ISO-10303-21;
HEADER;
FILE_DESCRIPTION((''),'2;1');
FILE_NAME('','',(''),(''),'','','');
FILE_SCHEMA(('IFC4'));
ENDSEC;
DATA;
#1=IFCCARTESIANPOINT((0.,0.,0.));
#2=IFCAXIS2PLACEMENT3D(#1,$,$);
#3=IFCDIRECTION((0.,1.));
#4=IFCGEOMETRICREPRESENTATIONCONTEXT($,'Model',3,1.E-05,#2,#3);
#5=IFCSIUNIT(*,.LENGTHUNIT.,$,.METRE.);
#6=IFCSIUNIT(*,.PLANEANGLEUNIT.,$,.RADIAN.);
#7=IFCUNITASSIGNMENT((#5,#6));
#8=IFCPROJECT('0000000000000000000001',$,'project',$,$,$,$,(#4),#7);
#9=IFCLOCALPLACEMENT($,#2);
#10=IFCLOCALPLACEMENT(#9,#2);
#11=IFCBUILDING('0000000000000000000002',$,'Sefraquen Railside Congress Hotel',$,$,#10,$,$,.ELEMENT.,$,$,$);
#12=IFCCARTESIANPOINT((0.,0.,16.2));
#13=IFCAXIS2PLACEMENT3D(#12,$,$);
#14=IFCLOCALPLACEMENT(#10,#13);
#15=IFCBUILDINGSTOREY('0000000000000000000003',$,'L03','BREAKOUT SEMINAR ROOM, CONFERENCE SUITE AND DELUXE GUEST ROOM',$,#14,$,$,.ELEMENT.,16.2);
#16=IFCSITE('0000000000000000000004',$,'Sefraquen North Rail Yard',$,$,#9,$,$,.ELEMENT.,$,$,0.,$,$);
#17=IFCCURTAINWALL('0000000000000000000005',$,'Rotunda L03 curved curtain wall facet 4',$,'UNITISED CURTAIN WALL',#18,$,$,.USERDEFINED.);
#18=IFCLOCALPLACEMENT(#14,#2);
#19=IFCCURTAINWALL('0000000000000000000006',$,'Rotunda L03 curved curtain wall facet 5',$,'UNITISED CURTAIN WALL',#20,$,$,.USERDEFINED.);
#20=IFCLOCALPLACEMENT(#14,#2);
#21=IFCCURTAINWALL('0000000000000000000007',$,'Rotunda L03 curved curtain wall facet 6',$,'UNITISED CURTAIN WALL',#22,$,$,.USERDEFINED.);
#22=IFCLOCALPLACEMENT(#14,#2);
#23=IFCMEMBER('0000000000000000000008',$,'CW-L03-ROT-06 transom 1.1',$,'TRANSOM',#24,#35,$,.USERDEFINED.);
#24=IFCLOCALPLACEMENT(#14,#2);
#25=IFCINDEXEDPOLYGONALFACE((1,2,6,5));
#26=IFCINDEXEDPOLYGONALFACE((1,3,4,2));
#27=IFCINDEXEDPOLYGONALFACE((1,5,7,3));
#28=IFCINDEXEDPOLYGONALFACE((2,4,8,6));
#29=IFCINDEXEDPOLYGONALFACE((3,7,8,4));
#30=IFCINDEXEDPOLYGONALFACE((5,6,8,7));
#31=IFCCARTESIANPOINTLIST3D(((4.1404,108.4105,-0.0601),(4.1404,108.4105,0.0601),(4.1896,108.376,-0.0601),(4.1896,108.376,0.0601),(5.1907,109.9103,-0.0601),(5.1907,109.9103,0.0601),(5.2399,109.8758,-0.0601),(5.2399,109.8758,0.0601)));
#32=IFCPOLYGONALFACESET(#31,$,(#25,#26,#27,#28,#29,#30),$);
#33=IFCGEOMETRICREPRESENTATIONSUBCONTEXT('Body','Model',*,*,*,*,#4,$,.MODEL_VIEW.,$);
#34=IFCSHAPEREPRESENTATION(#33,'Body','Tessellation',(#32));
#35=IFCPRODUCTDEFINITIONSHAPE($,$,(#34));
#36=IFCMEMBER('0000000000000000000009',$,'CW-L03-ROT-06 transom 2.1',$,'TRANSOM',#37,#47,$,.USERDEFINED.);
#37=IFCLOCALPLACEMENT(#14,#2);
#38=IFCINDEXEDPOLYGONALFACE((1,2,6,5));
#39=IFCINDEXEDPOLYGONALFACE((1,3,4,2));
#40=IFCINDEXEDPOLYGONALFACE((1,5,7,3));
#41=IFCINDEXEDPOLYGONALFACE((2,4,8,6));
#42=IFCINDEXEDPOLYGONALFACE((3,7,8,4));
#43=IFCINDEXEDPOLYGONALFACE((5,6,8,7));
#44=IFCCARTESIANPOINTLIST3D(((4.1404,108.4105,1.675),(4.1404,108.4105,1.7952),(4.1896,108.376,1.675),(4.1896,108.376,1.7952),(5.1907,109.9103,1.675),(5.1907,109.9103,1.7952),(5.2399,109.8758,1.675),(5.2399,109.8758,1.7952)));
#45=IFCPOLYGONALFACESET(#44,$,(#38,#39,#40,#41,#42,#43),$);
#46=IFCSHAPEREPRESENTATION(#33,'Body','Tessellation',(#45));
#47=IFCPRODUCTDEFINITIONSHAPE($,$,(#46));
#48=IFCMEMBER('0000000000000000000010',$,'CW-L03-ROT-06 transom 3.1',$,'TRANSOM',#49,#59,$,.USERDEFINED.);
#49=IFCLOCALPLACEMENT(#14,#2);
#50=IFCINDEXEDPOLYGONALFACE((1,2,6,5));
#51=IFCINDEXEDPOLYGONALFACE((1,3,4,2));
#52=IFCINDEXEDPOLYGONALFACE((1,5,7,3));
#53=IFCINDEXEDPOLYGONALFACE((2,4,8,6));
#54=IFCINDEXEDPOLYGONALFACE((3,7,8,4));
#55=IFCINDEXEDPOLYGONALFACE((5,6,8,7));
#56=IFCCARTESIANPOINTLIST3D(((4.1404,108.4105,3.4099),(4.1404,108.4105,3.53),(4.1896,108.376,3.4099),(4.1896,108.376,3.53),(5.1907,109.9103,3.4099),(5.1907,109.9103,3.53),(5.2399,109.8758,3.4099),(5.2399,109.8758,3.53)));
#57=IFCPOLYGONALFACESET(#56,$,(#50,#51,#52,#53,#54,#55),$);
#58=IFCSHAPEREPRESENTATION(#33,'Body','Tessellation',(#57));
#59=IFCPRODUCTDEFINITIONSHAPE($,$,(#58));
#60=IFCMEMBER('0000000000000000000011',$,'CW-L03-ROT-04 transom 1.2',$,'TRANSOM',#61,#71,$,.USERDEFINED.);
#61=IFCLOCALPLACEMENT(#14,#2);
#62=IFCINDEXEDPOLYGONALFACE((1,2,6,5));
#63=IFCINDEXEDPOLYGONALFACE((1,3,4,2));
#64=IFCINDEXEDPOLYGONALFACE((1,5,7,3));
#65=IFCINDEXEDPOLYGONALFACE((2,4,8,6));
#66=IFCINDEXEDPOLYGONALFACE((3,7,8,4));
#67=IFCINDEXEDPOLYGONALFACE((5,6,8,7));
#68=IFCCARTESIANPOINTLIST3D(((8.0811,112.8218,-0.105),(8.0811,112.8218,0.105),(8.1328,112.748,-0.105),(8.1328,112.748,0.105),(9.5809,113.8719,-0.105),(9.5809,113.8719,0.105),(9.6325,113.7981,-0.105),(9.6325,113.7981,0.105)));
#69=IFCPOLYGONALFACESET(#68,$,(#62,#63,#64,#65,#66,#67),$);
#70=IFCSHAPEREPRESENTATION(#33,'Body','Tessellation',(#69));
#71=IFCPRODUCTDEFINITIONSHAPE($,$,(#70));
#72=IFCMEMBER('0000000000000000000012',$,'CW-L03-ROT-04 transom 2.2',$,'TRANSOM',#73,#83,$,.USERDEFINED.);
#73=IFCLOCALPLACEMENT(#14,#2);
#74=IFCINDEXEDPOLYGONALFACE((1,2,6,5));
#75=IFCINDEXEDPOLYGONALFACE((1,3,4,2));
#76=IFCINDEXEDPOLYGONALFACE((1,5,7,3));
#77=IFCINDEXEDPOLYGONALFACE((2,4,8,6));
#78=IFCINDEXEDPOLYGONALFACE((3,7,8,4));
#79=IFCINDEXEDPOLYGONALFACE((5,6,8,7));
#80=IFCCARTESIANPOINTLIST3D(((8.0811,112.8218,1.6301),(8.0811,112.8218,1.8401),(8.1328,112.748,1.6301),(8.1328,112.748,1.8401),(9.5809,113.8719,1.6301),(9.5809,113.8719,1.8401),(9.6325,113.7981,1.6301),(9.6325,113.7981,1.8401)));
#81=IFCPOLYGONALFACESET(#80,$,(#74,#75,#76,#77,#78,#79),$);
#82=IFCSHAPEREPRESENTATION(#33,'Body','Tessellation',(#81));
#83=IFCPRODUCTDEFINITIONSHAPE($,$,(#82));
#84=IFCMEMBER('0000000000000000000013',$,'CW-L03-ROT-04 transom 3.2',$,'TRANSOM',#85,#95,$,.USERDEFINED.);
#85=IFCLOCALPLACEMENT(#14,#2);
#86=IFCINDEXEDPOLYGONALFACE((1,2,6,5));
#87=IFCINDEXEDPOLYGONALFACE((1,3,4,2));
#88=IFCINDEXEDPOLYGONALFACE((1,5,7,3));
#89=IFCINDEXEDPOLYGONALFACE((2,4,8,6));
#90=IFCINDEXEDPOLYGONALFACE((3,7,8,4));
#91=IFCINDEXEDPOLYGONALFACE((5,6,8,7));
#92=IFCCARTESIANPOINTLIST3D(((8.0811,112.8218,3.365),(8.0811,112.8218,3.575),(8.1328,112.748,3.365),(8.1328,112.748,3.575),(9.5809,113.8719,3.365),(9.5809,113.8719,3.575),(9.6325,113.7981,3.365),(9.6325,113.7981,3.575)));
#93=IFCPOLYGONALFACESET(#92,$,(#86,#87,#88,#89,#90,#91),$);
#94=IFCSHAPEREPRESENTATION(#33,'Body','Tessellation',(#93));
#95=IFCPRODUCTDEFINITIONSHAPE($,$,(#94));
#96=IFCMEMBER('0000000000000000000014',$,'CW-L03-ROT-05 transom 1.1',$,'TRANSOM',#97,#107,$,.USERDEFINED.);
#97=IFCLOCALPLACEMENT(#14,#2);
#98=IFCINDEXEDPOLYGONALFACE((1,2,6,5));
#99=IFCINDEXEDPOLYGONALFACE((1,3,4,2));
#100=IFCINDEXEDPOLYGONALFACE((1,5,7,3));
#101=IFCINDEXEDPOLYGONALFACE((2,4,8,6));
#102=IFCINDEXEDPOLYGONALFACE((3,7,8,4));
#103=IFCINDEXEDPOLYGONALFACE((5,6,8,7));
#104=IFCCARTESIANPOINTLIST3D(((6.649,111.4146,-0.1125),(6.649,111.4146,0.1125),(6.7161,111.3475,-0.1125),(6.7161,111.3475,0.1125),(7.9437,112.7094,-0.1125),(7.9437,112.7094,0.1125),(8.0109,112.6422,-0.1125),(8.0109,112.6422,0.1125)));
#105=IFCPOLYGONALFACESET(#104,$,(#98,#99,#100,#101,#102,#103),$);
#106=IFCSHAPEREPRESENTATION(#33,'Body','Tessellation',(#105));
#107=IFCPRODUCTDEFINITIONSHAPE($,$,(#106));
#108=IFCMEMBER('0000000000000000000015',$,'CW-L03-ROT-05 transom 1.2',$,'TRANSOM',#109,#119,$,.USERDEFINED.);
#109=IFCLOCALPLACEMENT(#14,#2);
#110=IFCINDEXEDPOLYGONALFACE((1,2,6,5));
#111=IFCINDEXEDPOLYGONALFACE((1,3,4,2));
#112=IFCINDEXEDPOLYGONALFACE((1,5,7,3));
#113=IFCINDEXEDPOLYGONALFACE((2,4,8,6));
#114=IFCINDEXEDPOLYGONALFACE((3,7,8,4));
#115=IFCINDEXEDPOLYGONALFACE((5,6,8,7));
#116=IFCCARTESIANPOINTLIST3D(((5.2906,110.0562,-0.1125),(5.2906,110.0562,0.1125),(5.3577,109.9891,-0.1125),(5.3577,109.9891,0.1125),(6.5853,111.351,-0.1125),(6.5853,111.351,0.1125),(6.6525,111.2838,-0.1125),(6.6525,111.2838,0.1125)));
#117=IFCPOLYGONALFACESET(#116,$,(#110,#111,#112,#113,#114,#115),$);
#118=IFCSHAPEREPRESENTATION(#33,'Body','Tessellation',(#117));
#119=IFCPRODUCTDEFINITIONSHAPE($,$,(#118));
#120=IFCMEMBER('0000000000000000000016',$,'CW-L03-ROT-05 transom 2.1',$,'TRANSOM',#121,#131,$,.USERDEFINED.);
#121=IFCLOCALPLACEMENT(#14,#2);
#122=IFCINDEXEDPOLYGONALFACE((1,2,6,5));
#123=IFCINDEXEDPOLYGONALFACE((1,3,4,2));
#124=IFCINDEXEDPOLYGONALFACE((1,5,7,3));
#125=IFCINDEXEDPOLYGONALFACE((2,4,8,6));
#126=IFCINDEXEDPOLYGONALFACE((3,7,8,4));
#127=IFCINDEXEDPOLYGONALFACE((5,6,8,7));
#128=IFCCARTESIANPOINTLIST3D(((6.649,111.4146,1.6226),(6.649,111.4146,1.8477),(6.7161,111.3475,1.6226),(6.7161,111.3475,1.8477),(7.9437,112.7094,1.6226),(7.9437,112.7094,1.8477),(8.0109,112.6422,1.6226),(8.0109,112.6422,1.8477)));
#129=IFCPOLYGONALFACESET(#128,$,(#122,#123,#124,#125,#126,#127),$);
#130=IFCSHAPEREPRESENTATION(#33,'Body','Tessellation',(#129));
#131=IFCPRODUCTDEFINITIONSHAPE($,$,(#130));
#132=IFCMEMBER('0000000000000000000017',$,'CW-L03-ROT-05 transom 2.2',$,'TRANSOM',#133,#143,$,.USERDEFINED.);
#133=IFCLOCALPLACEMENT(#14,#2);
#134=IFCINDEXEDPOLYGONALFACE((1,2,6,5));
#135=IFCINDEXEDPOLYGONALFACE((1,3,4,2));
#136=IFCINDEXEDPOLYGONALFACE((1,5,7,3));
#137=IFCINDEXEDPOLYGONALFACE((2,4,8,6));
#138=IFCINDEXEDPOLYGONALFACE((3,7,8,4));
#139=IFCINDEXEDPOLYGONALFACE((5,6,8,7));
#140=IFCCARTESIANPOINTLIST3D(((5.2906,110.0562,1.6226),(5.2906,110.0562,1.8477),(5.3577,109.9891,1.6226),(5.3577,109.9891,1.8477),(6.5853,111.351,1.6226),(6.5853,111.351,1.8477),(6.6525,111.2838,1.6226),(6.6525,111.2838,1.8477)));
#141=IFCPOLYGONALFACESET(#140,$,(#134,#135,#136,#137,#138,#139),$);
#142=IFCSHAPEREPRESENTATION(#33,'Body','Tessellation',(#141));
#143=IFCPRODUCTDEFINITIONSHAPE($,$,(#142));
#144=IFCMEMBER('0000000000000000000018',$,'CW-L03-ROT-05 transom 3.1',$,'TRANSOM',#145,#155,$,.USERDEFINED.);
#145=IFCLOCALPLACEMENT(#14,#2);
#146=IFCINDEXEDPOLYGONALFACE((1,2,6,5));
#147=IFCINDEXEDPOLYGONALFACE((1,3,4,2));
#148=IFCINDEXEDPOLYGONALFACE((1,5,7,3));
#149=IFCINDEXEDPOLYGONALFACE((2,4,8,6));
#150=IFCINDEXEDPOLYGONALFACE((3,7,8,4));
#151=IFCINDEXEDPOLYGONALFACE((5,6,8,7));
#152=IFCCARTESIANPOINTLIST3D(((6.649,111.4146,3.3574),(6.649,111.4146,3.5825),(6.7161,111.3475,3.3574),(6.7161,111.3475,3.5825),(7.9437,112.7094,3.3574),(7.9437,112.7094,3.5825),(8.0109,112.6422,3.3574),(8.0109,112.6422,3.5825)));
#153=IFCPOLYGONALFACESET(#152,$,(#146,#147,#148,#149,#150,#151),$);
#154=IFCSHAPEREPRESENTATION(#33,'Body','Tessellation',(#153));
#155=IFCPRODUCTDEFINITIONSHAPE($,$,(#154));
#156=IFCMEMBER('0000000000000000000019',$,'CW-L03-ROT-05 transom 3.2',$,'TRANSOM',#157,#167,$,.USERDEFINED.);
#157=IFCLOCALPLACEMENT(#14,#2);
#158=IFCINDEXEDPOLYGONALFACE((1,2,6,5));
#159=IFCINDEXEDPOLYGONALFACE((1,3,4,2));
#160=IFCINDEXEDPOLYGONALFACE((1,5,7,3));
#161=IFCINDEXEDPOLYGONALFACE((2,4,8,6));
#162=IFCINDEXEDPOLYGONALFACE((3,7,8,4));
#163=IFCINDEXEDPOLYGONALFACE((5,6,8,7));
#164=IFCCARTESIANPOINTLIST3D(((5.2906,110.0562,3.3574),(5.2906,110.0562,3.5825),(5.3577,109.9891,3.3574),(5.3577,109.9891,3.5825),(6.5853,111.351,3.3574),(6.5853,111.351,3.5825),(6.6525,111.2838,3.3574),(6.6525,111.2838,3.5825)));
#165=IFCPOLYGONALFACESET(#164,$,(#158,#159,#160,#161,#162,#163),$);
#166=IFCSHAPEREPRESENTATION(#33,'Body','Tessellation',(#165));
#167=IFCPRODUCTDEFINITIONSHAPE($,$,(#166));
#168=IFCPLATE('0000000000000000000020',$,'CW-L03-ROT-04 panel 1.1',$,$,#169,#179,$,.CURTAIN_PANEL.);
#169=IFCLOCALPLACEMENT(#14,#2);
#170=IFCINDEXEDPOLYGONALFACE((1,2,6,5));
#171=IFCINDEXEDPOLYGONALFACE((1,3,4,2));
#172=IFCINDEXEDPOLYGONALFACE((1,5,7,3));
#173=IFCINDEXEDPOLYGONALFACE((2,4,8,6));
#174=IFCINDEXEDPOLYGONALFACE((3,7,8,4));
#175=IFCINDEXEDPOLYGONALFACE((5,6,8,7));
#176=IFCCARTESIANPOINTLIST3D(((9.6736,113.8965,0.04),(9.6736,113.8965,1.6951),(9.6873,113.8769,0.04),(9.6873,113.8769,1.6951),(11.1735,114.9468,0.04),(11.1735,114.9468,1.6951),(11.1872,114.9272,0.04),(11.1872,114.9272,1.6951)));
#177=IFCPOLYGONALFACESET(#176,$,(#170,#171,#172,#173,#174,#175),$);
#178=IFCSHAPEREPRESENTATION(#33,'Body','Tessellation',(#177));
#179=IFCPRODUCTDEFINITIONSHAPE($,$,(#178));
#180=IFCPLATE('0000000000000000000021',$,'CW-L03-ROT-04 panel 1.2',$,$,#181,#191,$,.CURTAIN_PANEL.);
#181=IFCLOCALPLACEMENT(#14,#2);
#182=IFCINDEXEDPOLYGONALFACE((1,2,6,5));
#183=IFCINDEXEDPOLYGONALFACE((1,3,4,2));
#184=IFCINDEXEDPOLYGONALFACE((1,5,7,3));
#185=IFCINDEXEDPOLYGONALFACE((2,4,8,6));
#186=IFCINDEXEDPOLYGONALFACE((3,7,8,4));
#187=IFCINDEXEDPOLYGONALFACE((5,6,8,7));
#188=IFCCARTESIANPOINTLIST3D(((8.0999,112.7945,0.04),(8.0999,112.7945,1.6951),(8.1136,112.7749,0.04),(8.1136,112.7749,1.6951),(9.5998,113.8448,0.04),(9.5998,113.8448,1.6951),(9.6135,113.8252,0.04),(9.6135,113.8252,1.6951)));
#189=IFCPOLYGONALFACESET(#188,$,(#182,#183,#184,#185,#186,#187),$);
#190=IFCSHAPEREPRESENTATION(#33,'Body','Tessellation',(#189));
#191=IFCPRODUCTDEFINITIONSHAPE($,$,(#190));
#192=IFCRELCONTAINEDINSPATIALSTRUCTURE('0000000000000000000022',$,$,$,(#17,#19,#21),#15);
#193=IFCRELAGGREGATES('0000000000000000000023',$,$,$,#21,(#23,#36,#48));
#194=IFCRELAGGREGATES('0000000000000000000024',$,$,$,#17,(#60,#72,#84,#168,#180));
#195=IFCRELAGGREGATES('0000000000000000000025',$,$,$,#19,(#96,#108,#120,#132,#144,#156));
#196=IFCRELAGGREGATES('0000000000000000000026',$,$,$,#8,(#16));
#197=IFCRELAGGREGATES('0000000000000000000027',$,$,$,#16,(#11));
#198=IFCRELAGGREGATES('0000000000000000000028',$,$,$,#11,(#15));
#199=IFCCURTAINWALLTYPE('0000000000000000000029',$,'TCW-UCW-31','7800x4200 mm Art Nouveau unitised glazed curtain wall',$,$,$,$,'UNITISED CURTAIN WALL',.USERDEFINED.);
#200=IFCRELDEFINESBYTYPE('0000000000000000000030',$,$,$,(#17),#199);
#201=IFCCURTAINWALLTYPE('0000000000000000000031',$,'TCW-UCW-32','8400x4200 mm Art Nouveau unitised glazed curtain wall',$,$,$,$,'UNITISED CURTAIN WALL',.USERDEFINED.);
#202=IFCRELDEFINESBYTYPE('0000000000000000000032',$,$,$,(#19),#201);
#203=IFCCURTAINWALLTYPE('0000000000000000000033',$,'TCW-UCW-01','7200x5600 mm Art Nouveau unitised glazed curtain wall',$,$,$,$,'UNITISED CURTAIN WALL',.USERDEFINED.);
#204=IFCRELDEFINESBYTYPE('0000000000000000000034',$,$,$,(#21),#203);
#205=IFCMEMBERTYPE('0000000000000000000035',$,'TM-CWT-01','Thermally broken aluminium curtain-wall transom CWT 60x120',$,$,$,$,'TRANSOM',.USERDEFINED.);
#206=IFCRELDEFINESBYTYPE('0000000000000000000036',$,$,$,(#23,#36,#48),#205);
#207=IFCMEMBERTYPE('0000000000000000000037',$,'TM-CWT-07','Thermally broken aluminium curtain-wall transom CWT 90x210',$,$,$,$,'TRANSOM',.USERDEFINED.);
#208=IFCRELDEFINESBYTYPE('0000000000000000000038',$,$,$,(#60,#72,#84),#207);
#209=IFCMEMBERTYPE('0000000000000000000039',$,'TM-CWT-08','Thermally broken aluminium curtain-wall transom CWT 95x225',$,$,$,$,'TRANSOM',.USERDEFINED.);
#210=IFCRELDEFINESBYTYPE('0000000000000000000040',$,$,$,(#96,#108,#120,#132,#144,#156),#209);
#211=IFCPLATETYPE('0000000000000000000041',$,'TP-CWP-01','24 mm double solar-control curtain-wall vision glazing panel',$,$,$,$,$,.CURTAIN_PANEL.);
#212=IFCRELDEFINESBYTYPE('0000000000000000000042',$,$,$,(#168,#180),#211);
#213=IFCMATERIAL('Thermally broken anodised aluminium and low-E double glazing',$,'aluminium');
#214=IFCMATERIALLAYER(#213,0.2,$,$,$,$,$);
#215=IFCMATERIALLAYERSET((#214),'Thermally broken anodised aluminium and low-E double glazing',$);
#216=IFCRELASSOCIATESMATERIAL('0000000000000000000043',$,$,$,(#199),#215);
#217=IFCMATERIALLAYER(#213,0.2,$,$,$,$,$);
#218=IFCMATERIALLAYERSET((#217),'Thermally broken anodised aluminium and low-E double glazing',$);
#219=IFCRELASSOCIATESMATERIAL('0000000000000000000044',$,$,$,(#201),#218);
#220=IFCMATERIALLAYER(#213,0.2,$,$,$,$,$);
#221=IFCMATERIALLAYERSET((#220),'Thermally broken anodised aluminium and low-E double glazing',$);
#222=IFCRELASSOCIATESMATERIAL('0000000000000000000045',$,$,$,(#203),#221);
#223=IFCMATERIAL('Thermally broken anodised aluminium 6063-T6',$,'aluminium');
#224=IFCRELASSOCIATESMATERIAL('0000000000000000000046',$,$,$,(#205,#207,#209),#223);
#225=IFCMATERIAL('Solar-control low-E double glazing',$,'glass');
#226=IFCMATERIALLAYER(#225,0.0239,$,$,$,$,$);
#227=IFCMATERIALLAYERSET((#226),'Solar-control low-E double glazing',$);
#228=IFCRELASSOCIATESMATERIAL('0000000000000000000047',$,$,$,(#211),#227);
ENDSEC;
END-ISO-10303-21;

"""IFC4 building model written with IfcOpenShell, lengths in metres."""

from ifc_helpers import new_model, si_unit, direction, frame, origin, origin_2d, place, context, subcontext, project, spatial, rectangle, extrude, material, layer, layer_set, material_profile, profile_set, type_object, element, aggregate, save


model = new_model("IFC4")

# Units and contexts
model_context = context("Model", 3, precision=1e-05, world=origin(), true_north=direction((0.0, 1.0)))
body_context = subcontext(model_context, "Body", "Model", "MODEL_VIEW")
ifc_project = project(units=[si_unit("LENGTHUNIT", "METRE"), si_unit("PLANEANGLEUNIT", "RADIAN")], contexts=[model_context])

# Site, building, storey
site_placement = place(None, origin())
site = spatial("IfcSite", under=ifc_project, at=site_placement, Name="Sefraquen North Rail Yard", CompositionType="ELEMENT", RefElevation=0.0)
building_placement = place(site_placement, origin())
building = spatial("IfcBuilding", under=site, at=building_placement, Name="Sefraquen Railside Congress Hotel", CompositionType="ELEMENT")
storey_placement = place(building_placement, frame((0.0, 0.0, 16.2)))
storey = spatial("IfcBuildingStorey", under=building, at=storey_placement, Name="L03", Description="BREAKOUT SEMINAR ROOM, CONFERENCE SUITE AND DELUXE GUEST ROOM", CompositionType="ELEMENT", Elevation=16.2)

# Curtain walls
ifc_material_1 = material(Name="Thermally broken anodised aluminium and low-E double glazing", Category="aluminium")
ifc_layer_1 = layer(ifc_material_1, 0.2)
ifc_layer_set_1 = layer_set([ifc_layer_1], Name="Thermally broken anodised aluminium and low-E double glazing")
curtain_wall_type_1 = type_object("IfcCurtainWallType", Name="TCW-UCW-31", Description="7800x4200 mm Art Nouveau unitised glazed curtain wall", ElementType="UNITISED CURTAIN WALL", PredefinedType="USERDEFINED", material=ifc_layer_set_1)
curtain_wall_1_placement = place(storey_placement, origin())
curtain_wall_1 = element("IfcCurtainWall", 1, at=curtain_wall_1_placement, inside=storey, type_object=curtain_wall_type_1, Name="Rotunda L03 curved curtain wall facet 4", ObjectType="UNITISED CURTAIN WALL", PredefinedType="USERDEFINED")
ifc_material_2 = material(Name="Thermally broken anodised aluminium 6063-T6", Category="aluminium")
ifc_layer_2 = layer(ifc_material_1, 0.2)
ifc_layer_set_2 = layer_set([ifc_layer_2], Name="Thermally broken anodised aluminium and low-E double glazing")
curtain_wall_type_2 = type_object("IfcCurtainWallType", Name="TCW-UCW-32", Description="8400x4200 mm Art Nouveau unitised glazed curtain wall", ElementType="UNITISED CURTAIN WALL", PredefinedType="USERDEFINED", material=ifc_layer_set_2)
curtain_wall_2_placement = place(storey_placement, origin())
curtain_wall_2 = element("IfcCurtainWall", 2, at=curtain_wall_2_placement, inside=storey, type_object=curtain_wall_type_2, Name="Rotunda L03 curved curtain wall facet 5", ObjectType="UNITISED CURTAIN WALL", PredefinedType="USERDEFINED")

# Curtain wall, members
ifc_layer_3 = layer(ifc_material_1, 0.2)
ifc_layer_set_3 = layer_set([ifc_layer_3], Name="Thermally broken anodised aluminium and low-E double glazing")
curtain_wall_type_3 = type_object("IfcCurtainWallType", Name="TCW-UCW-01", Description="7200x5600 mm Art Nouveau unitised glazed curtain wall", ElementType="UNITISED CURTAIN WALL", PredefinedType="USERDEFINED", material=ifc_layer_set_3)
curtain_wall_3_placement = place(storey_placement, origin())
curtain_wall_3 = element("IfcCurtainWall", 3, at=curtain_wall_3_placement, inside=storey, type_object=curtain_wall_type_3, Name="Rotunda L03 curved curtain wall facet 6", ObjectType="UNITISED CURTAIN WALL", PredefinedType="USERDEFINED")
ifc_material_profile_1 = material_profile(ifc_material_2, rectangle(XDim=0.0601, YDim=0.1201, at=origin_2d()), Name="CWT 60x120")
ifc_profile_set_1 = profile_set([ifc_material_profile_1], Name="Thermally broken anodised aluminium 6063-T6")
member_type_1 = type_object("IfcMemberType", Name="TM-CWT-01", Description="Thermally broken aluminium curtain-wall transom CWT 60x120", ElementType="TRANSOM", PredefinedType="USERDEFINED", material=ifc_profile_set_1)
member_1_placement = place(storey_placement, frame((5.2153, 109.8931, 0.0), z_axis=(-0.573632, -0.819113, 0.0), x_axis=(0.819113, -0.573632, 0.0)))
member_1 = element("IfcMember", 4, at=member_1_placement, type_object=member_type_1, Name="CW-L03-ROT-06 transom 1.1", ObjectType="TRANSOM", PredefinedType="USERDEFINED", context=body_context, shape_type="SweptSolid", body=[
    extrude(rectangle(XDim=0.0601, YDim=0.1201, at=origin_2d()), origin(), (0.0, 0.0, 1.0), 1.8311),
])
member_2_placement = place(storey_placement, frame((5.2153, 109.8931, 1.7351), z_axis=(-0.573632, -0.819113, 0.0), x_axis=(0.819113, -0.573632, 0.0)))
member_2 = element("IfcMember", 5, at=member_2_placement, type_object=member_type_1, Name="CW-L03-ROT-06 transom 2.1", ObjectType="TRANSOM", PredefinedType="USERDEFINED", context=body_context, shape_type="SweptSolid", body=[
    extrude(rectangle(XDim=0.0601, YDim=0.1201, at=origin_2d()), origin(), (0.0, 0.0, 1.0), 1.8311),
])
member_3_placement = place(storey_placement, frame((5.2153, 109.8931, 3.47), z_axis=(-0.573632, -0.819113, 0.0), x_axis=(0.819113, -0.573632, 0.0)))
member_3 = element("IfcMember", 6, at=member_3_placement, type_object=member_type_1, Name="CW-L03-ROT-06 transom 3.1", ObjectType="TRANSOM", PredefinedType="USERDEFINED", context=body_context, shape_type="SweptSolid", body=[
    extrude(rectangle(XDim=0.0601, YDim=0.1201, at=origin_2d()), origin(), (0.0, 0.0, 1.0), 1.8311),
])
aggregate(curtain_wall_3, [member_1, member_2, member_3])

# Members
ifc_material_profile_2 = material_profile(ifc_material_2, rectangle(XDim=0.0901, YDim=0.21, at=origin_2d()), Name="CWT 90x210")
ifc_profile_set_2 = profile_set([ifc_material_profile_2], Name="Thermally broken anodised aluminium 6063-T6")
member_type_2 = type_object("IfcMemberType", Name="TM-CWT-07", Description="Thermally broken aluminium curtain-wall transom CWT 90x210", ElementType="TRANSOM", PredefinedType="USERDEFINED", material=ifc_profile_set_2)
member_4_placement = place(storey_placement, frame((9.6067, 113.835, 0.0), z_axis=(-0.819176, -0.573543, 0.0), x_axis=(0.573543, -0.819176, 0.0)))
member_4 = element("IfcMember", 7, at=member_4_placement, type_object=member_type_2, Name="CW-L03-ROT-04 transom 1.2", ObjectType="TRANSOM", PredefinedType="USERDEFINED", context=body_context, shape_type="SweptSolid", body=[
    extrude(rectangle(XDim=0.0901, YDim=0.21, at=origin_2d()), origin(), (0.0, 0.0, 1.0), 1.8308),
])
member_5_placement = place(storey_placement, frame((9.6067, 113.835, 1.7351), z_axis=(-0.819176, -0.573543, 0.0), x_axis=(0.573543, -0.819176, 0.0)))
member_5 = element("IfcMember", 8, at=member_5_placement, type_object=member_type_2, Name="CW-L03-ROT-04 transom 2.2", ObjectType="TRANSOM", PredefinedType="USERDEFINED", context=body_context, shape_type="SweptSolid", body=[
    extrude(rectangle(XDim=0.0901, YDim=0.21, at=origin_2d()), origin(), (0.0, 0.0, 1.0), 1.8308),
])
member_6_placement = place(storey_placement, frame((9.6067, 113.835, 3.47), z_axis=(-0.819176, -0.573543, 0.0), x_axis=(0.573543, -0.819176, 0.0)))
member_6 = element("IfcMember", 9, at=member_6_placement, type_object=member_type_2, Name="CW-L03-ROT-04 transom 3.2", ObjectType="TRANSOM", PredefinedType="USERDEFINED", context=body_context, shape_type="SweptSolid", body=[
    extrude(rectangle(XDim=0.0901, YDim=0.21, at=origin_2d()), origin(), (0.0, 0.0, 1.0), 1.8308),
])
ifc_material_profile_3 = material_profile(ifc_material_2, rectangle(XDim=0.095, YDim=0.2251, at=origin_2d()), Name="CWT 95x225")
ifc_profile_set_3 = profile_set([ifc_material_profile_3], Name="Thermally broken anodised aluminium 6063-T6")
member_type_3 = type_object("IfcMemberType", Name="TM-CWT-08", Description="Thermally broken aluminium curtain-wall transom CWT 95x225", ElementType="TRANSOM", PredefinedType="USERDEFINED", material=ifc_profile_set_3)
member_7_placement = place(storey_placement, frame((7.9773, 112.6758, 0.0), z_axis=(-0.707107, -0.707107, 0.0), x_axis=(0.707107, -0.707107, 0.0)))
member_7 = element("IfcMember", 10, at=member_7_placement, type_object=member_type_3, Name="CW-L03-ROT-05 transom 1.1", ObjectType="TRANSOM", PredefinedType="USERDEFINED", context=body_context, shape_type="SweptSolid", body=[
    extrude(rectangle(XDim=0.095, YDim=0.2251, at=origin_2d()), origin(), (0.0, 0.0, 1.0), 1.8311),
])
member_8_placement = place(storey_placement, frame((6.6189, 111.3174, 0.0), z_axis=(-0.707107, -0.707107, 0.0), x_axis=(0.707107, -0.707107, 0.0)))
member_8 = element("IfcMember", 11, at=member_8_placement, type_object=member_type_3, Name="CW-L03-ROT-05 transom 1.2", ObjectType="TRANSOM", PredefinedType="USERDEFINED", context=body_context, shape_type="SweptSolid", body=[
    extrude(rectangle(XDim=0.095, YDim=0.2251, at=origin_2d()), origin(), (0.0, 0.0, 1.0), 1.8311),
])
member_9_placement = place(storey_placement, frame((7.9773, 112.6758, 1.7351), z_axis=(-0.707107, -0.707107, 0.0), x_axis=(0.707107, -0.707107, 0.0)))
member_9 = element("IfcMember", 12, at=member_9_placement, type_object=member_type_3, Name="CW-L03-ROT-05 transom 2.1", ObjectType="TRANSOM", PredefinedType="USERDEFINED", context=body_context, shape_type="SweptSolid", body=[
    extrude(rectangle(XDim=0.095, YDim=0.2251, at=origin_2d()), origin(), (0.0, 0.0, 1.0), 1.8311),
])
member_10_placement = place(storey_placement, frame((6.6189, 111.3174, 1.7351), z_axis=(-0.707107, -0.707107, 0.0), x_axis=(0.707107, -0.707107, 0.0)))
member_10 = element("IfcMember", 13, at=member_10_placement, type_object=member_type_3, Name="CW-L03-ROT-05 transom 2.2", ObjectType="TRANSOM", PredefinedType="USERDEFINED", context=body_context, shape_type="SweptSolid", body=[
    extrude(rectangle(XDim=0.095, YDim=0.2251, at=origin_2d()), origin(), (0.0, 0.0, 1.0), 1.8311),
])
member_11_placement = place(storey_placement, frame((7.9773, 112.6758, 3.47), z_axis=(-0.707107, -0.707107, 0.0), x_axis=(0.707107, -0.707107, 0.0)))
member_11 = element("IfcMember", 14, at=member_11_placement, type_object=member_type_3, Name="CW-L03-ROT-05 transom 3.1", ObjectType="TRANSOM", PredefinedType="USERDEFINED", context=body_context, shape_type="SweptSolid", body=[
    extrude(rectangle(XDim=0.095, YDim=0.2251, at=origin_2d()), origin(), (0.0, 0.0, 1.0), 1.8311),
])
member_12_placement = place(storey_placement, frame((6.6189, 111.3174, 3.47), z_axis=(-0.707107, -0.707107, 0.0), x_axis=(0.707107, -0.707107, 0.0)))
member_12 = element("IfcMember", 15, at=member_12_placement, type_object=member_type_3, Name="CW-L03-ROT-05 transom 3.2", ObjectType="TRANSOM", PredefinedType="USERDEFINED", context=body_context, shape_type="SweptSolid", body=[
    extrude(rectangle(XDim=0.095, YDim=0.2251, at=origin_2d()), origin(), (0.0, 0.0, 1.0), 1.8311),
])

# Plates
ifc_material_3 = material(Name="Solar-control low-E double glazing", Category="glass")
ifc_layer_4 = layer(ifc_material_3, 0.0239)
ifc_layer_set_4 = layer_set([ifc_layer_4], Name="Solar-control low-E double glazing")
plate_type_1 = type_object("IfcPlateType", Name="TP-CWP-01", Description="24 mm double solar-control curtain-wall vision glazing panel", PredefinedType="CURTAIN_PANEL", material=ifc_layer_set_4)
plate_1_placement = place(storey_placement, frame((10.4304, 114.4119, 0.04), z_axis=(0.0, 0.0, 1.0), x_axis=(-0.819132, -0.573605, 0.0)))
plate_1 = element("IfcPlate", 16, at=plate_1_placement, type_object=plate_type_1, Name="CW-L03-ROT-04 panel 1.1", PredefinedType="CURTAIN_PANEL", context=body_context, shape_type="SweptSolid", body=[
    extrude(rectangle(XDim=1.8311, YDim=0.0239, at=origin_2d()), origin(), (0.0, 0.0, 1.0), 1.655),
])
plate_2_placement = place(storey_placement, frame((8.8567, 113.3098, 0.04), z_axis=(0.0, 0.0, 1.0), x_axis=(-0.819132, -0.573605, 0.0)))
plate_2 = element("IfcPlate", 17, at=plate_2_placement, type_object=plate_type_1, Name="CW-L03-ROT-04 panel 1.2", PredefinedType="CURTAIN_PANEL", context=body_context, shape_type="SweptSolid", body=[
    extrude(rectangle(XDim=1.8311, YDim=0.0239, at=origin_2d()), origin(), (0.0, 0.0, 1.0), 1.655),
])
aggregate(curtain_wall_1, [member_4, member_5, member_6, plate_1, plate_2])
aggregate(curtain_wall_2, [member_7, member_8, member_9, member_10, member_11, member_12])

save(model, "model.ifc")
